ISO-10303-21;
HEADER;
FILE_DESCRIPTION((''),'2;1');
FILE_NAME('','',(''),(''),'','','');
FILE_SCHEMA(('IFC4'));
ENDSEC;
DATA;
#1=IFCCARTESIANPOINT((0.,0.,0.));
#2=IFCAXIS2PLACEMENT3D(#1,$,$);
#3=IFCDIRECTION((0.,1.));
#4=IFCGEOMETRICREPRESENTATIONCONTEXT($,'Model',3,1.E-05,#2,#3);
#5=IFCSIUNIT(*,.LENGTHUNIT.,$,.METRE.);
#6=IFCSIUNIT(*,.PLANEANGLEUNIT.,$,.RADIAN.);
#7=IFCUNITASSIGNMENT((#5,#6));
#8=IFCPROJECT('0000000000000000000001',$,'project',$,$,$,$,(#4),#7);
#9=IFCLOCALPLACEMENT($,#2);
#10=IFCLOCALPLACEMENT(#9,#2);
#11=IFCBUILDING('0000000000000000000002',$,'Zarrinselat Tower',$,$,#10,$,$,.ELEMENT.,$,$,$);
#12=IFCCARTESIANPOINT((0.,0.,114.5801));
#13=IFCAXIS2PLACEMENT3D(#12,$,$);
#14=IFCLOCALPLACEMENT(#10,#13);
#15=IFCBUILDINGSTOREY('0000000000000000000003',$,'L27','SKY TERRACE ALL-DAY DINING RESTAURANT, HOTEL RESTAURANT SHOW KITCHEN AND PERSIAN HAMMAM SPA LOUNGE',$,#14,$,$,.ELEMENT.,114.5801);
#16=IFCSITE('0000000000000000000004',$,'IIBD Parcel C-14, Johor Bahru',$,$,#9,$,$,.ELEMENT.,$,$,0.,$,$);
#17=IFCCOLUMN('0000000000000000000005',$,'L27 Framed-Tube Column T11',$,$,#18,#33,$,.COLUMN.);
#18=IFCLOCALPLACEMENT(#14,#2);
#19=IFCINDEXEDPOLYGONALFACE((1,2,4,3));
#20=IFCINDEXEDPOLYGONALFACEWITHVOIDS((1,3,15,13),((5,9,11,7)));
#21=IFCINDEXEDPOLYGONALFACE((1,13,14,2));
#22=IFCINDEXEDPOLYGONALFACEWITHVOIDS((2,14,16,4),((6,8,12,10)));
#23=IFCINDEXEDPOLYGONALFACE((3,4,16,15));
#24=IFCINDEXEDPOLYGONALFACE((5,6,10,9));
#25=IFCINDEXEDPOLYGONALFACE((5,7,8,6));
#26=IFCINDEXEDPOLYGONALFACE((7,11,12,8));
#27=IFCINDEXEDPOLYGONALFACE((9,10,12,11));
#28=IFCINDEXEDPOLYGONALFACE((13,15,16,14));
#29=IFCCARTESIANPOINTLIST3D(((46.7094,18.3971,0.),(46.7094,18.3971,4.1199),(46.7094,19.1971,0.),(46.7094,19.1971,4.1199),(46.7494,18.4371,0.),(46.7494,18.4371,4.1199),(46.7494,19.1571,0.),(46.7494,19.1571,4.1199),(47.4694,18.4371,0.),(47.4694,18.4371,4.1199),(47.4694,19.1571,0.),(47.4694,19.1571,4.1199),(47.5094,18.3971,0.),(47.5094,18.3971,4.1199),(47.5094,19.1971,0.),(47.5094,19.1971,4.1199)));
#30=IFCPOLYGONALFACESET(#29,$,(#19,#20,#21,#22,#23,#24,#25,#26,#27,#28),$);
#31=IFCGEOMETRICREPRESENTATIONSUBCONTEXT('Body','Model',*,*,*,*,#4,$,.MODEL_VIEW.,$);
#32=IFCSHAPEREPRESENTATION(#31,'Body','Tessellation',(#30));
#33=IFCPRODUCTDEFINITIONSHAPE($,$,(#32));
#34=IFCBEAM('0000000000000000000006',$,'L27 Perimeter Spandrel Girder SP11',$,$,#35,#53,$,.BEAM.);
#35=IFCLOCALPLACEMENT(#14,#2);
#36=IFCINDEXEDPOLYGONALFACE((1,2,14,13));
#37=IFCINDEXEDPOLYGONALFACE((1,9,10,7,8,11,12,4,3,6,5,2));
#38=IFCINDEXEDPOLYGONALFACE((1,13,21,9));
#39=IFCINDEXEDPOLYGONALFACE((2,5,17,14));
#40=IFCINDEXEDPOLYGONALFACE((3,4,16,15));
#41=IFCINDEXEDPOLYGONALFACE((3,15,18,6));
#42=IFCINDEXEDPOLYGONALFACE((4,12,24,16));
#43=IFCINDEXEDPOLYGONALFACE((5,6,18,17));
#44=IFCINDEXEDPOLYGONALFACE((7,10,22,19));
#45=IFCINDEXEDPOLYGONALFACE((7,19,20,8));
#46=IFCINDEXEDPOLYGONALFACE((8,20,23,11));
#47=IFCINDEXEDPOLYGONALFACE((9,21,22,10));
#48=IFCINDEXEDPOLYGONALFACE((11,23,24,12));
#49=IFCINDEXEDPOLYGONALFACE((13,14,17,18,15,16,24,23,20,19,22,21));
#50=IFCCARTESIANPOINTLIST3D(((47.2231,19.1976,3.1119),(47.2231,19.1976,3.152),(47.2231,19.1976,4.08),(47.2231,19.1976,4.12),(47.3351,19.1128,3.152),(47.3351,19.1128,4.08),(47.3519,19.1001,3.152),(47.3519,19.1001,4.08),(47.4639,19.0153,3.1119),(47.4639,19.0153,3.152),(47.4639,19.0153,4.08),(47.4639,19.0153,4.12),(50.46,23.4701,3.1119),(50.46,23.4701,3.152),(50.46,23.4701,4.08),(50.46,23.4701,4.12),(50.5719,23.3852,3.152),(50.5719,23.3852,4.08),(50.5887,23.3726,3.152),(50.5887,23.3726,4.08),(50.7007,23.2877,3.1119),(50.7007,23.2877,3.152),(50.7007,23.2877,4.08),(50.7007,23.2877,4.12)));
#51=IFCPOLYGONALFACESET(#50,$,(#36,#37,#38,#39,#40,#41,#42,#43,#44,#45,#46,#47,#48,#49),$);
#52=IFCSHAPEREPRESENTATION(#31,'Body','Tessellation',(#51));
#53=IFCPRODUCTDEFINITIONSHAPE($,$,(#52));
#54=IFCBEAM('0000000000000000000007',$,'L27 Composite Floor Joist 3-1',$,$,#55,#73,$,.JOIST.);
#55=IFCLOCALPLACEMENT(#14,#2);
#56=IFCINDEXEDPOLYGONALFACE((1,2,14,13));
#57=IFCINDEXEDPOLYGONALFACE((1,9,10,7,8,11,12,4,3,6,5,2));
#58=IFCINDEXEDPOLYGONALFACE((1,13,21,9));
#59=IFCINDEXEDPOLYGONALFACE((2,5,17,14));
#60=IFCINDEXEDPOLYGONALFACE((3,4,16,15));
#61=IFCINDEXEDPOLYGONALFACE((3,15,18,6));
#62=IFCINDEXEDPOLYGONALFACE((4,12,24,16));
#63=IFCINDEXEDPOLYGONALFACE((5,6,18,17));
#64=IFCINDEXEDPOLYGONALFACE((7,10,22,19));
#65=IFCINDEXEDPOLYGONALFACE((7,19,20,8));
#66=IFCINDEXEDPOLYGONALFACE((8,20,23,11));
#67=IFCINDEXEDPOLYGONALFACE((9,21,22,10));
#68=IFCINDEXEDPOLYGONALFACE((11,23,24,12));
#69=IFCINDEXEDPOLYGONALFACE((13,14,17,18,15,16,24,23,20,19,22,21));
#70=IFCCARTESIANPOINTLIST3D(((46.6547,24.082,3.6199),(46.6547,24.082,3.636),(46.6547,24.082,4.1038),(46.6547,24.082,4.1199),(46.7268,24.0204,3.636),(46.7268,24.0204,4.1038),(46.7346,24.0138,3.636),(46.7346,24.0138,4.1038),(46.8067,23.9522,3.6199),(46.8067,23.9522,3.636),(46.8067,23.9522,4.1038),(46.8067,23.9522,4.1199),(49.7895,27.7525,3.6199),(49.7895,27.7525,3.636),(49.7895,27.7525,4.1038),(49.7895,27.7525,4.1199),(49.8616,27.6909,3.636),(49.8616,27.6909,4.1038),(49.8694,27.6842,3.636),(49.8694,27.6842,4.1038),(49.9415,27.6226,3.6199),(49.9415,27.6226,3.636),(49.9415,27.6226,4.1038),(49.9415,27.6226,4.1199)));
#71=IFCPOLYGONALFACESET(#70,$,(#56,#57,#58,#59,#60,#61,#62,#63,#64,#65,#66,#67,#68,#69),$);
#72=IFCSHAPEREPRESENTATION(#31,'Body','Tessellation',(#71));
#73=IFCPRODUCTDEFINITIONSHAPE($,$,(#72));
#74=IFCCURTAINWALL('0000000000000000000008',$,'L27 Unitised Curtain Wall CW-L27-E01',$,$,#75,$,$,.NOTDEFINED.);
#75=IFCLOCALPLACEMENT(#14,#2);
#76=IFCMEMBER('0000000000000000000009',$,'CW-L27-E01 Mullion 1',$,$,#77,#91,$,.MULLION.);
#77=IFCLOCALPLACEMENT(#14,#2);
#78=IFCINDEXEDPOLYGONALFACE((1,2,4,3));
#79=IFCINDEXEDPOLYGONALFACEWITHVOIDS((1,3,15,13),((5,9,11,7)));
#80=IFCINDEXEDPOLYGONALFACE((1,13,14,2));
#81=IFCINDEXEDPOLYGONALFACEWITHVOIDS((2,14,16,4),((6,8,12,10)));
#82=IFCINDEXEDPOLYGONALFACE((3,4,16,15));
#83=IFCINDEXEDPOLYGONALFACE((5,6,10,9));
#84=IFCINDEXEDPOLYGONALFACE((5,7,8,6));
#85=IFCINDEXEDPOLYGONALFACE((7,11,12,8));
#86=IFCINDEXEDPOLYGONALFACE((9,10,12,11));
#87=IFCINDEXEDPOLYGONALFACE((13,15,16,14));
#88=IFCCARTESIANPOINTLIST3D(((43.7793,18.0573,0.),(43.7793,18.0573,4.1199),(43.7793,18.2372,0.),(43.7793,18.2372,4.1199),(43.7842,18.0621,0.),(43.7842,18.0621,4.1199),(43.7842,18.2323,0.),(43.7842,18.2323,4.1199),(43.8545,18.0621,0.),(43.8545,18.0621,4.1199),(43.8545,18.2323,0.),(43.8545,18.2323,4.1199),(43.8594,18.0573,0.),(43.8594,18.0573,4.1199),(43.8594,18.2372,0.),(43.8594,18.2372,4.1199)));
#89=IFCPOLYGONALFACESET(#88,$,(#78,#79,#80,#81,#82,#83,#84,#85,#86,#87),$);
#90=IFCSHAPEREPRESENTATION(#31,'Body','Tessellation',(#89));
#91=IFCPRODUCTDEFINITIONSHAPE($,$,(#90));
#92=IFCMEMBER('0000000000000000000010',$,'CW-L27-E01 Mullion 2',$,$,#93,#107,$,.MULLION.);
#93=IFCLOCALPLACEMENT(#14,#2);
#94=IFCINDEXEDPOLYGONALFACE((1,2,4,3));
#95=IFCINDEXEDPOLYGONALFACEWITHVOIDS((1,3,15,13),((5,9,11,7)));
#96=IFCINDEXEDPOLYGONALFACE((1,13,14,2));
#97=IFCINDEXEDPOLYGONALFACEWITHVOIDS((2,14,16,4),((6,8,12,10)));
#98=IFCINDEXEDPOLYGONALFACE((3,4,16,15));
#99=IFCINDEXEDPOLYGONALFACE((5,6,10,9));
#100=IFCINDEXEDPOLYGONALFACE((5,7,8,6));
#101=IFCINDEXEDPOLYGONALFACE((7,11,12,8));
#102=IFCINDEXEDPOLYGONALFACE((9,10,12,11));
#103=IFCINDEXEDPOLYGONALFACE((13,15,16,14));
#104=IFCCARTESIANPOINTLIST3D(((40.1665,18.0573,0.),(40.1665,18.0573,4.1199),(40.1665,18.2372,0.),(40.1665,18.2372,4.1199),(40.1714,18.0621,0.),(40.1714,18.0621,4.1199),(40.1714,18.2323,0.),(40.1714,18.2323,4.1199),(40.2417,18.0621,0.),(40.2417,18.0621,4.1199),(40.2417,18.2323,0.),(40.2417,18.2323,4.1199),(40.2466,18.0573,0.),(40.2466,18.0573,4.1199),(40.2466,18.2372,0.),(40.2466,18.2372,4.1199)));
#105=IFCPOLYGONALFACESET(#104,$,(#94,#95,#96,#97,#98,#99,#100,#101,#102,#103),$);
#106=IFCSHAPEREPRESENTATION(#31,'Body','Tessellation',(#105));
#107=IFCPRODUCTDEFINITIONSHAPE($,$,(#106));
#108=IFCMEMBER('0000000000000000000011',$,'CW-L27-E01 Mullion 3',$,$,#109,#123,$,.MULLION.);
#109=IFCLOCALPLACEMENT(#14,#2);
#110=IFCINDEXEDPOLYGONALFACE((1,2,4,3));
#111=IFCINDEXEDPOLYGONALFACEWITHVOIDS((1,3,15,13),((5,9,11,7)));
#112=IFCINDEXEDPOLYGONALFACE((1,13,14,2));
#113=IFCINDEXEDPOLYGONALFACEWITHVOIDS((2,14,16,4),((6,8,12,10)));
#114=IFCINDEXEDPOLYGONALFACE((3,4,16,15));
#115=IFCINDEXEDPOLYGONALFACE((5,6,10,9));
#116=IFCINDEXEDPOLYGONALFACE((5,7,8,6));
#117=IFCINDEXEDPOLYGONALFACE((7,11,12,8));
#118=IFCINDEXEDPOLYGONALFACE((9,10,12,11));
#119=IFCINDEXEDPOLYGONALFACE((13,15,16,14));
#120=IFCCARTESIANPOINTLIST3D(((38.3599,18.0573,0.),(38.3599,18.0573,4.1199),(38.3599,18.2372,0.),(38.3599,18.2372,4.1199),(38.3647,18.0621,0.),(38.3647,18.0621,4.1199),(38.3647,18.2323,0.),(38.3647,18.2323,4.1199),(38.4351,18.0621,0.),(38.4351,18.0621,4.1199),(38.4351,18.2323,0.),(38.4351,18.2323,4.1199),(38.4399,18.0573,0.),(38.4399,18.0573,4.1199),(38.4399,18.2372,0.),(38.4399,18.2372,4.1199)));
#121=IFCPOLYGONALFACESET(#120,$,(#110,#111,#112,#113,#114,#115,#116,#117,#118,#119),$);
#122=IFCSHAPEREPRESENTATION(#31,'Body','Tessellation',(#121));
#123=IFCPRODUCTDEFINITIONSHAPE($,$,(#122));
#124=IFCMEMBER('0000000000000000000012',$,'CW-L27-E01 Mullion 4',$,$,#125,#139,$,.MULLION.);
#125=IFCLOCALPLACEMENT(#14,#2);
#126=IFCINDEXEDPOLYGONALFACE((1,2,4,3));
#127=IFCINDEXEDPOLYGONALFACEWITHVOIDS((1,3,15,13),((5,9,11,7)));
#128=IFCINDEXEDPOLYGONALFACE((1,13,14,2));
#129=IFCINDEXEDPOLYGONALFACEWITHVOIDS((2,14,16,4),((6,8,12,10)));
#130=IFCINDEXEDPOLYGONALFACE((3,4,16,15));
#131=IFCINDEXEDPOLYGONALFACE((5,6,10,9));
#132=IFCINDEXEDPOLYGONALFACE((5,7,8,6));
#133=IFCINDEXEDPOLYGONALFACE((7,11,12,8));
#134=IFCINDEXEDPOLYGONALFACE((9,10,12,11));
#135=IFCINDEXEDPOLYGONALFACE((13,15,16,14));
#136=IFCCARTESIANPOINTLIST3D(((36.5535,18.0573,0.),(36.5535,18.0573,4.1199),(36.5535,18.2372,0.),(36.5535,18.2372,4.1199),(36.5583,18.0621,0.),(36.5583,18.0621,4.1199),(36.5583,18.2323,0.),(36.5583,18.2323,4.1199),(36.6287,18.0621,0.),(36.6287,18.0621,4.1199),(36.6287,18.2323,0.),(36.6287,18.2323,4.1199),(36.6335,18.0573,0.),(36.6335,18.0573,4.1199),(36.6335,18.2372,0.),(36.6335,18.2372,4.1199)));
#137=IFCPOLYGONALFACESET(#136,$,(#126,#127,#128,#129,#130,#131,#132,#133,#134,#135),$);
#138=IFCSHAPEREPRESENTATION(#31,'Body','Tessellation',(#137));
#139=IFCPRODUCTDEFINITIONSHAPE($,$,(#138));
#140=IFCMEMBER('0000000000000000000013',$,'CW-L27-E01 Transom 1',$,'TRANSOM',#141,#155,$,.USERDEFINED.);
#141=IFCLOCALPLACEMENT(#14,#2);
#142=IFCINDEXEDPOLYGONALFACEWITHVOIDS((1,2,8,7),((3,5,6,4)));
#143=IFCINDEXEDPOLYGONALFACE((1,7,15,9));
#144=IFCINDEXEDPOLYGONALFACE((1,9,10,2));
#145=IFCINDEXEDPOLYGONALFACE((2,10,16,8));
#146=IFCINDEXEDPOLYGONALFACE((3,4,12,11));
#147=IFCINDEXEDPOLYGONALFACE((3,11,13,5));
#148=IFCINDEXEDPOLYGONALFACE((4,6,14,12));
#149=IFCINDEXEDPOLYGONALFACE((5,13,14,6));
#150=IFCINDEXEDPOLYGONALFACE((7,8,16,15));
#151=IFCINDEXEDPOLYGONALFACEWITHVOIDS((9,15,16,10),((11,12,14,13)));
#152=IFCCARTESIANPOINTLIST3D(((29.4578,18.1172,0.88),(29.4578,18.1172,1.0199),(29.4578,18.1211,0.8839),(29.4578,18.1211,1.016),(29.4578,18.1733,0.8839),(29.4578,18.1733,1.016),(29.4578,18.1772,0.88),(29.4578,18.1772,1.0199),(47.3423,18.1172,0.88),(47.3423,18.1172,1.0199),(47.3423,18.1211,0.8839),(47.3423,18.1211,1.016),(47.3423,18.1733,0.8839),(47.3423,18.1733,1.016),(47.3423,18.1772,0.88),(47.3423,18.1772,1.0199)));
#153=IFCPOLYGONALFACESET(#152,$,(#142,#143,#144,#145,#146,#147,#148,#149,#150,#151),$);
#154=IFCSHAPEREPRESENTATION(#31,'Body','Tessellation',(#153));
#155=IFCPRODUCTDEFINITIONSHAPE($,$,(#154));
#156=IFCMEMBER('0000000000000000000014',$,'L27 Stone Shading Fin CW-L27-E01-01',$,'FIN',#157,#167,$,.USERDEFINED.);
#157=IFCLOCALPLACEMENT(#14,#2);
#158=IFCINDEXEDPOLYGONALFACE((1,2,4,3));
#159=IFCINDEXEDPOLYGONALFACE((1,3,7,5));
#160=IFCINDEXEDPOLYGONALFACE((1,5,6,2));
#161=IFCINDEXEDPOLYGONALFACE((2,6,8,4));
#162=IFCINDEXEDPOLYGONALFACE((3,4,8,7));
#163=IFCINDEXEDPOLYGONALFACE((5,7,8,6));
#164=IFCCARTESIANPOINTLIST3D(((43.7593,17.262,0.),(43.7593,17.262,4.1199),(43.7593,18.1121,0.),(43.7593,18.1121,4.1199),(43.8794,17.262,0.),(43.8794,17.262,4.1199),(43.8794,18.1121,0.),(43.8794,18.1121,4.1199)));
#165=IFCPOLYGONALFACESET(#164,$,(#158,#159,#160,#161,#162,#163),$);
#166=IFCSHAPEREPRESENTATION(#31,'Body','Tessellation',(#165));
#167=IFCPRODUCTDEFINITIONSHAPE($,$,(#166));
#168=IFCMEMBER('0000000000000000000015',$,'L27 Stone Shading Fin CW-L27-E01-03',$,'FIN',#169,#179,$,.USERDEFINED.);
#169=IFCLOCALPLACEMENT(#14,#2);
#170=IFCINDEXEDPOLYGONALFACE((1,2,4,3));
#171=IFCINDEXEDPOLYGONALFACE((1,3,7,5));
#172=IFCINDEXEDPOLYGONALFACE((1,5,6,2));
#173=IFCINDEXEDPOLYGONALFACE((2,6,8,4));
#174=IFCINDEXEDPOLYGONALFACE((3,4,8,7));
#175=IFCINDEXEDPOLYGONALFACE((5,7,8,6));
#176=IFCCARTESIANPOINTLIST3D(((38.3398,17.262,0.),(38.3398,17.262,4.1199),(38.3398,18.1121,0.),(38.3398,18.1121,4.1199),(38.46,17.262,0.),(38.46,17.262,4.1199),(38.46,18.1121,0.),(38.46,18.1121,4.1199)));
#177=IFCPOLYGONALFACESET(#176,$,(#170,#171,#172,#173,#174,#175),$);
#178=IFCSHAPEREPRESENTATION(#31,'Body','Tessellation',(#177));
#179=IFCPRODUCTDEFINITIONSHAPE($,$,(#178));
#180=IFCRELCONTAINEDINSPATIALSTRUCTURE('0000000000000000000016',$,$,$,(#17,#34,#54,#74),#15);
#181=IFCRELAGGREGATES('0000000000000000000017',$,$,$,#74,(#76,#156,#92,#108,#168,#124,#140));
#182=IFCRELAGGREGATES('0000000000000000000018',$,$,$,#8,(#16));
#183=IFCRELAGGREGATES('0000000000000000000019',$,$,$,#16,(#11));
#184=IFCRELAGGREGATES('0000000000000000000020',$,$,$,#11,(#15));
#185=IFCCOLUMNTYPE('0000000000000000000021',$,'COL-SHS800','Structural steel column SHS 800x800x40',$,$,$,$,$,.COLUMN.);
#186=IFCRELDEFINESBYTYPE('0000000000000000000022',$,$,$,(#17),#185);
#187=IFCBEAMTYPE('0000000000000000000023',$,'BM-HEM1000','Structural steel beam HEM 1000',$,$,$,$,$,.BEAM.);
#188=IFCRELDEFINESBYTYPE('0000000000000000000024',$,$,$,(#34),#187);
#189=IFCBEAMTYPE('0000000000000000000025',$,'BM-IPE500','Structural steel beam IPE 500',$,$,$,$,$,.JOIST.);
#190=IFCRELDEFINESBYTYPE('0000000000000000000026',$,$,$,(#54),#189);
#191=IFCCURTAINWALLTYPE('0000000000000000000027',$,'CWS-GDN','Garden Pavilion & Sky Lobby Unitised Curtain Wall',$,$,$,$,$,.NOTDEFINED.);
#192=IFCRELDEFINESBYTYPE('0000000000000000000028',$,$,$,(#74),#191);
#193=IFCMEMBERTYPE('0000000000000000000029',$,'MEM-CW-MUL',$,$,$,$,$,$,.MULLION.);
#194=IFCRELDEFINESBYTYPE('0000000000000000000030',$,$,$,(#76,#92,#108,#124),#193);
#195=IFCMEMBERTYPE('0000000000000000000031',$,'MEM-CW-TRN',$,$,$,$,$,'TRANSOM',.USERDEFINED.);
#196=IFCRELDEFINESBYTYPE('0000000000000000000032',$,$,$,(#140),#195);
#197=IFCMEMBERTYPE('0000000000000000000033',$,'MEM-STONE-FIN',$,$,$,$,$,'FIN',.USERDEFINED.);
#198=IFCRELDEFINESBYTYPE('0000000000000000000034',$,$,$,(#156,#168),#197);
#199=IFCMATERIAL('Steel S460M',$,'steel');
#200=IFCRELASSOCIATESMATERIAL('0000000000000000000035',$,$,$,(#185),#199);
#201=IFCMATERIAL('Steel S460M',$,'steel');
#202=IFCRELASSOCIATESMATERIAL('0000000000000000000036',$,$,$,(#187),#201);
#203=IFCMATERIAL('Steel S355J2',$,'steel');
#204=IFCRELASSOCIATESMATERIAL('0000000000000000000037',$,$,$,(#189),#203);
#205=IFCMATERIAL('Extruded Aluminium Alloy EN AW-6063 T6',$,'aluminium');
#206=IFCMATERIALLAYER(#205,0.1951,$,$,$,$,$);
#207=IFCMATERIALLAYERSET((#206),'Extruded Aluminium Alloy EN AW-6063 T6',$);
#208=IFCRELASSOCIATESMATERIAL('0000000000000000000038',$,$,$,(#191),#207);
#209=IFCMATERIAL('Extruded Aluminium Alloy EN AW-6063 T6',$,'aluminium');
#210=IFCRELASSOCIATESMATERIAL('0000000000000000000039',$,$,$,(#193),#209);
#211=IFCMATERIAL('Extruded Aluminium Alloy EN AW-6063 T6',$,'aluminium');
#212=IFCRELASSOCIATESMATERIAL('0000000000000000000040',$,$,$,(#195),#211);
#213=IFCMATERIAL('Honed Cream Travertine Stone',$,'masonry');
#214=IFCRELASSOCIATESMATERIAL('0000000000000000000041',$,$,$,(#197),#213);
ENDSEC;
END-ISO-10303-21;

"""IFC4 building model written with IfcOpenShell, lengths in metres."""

from ifc_helpers import new_model, si_unit, direction, frame, origin, origin_2d, place, context, subcontext, project, spatial, rectangle, hollow_rectangle, i_section, extrude, material, layer, layer_set, material_profile, profile_set, type_object, element, aggregate, save


model = new_model("IFC4")

# Units and contexts
model_context = context("Model", 3, precision=1e-05, world=origin(), true_north=direction((0.0, 1.0)))
body_context = subcontext(model_context, "Body", "Model", "MODEL_VIEW")
ifc_project = project(units=[si_unit("LENGTHUNIT", "METRE"), si_unit("PLANEANGLEUNIT", "RADIAN")], contexts=[model_context])

# Site, building, storey
site_placement = place(None, origin())
site = spatial("IfcSite", under=ifc_project, at=site_placement, Name="IIBD Parcel C-14, Johor Bahru", CompositionType="ELEMENT", RefElevation=0.0)
building_placement = place(site_placement, origin())
building = spatial("IfcBuilding", under=site, at=building_placement, Name="Zarrinselat Tower", CompositionType="ELEMENT")
storey_placement = place(building_placement, frame((0.0, 0.0, 114.5801)))
storey = spatial("IfcBuildingStorey", under=building, at=storey_placement, Name="L27", Description="SKY TERRACE ALL-DAY DINING RESTAURANT, HOTEL RESTAURANT SHOW KITCHEN AND PERSIAN HAMMAM SPA LOUNGE", CompositionType="ELEMENT", Elevation=114.5801)

# Column
ifc_material_1 = material(Name="Steel S460M", Category="steel")
ifc_material_profile_1 = material_profile(ifc_material_1, hollow_rectangle(XDim=0.8, YDim=0.8, WallThickness=0.04, at=origin_2d()), Name="SHS 800x800x40")
ifc_profile_set_1 = profile_set([ifc_material_profile_1], Name="Steel S460M")
column_type = type_object("IfcColumnType", Name="COL-SHS800", Description="Structural steel column SHS 800x800x40", PredefinedType="COLUMN", material=ifc_profile_set_1)
column_placement = place(storey_placement, frame((47.1094, 18.7971, 0.0), z_axis=(0.0, 0.0, 1.0), x_axis=(1.0, 0.0, 0.0)))
element("IfcColumn", 1, at=column_placement, inside=storey, type_object=column_type, Name="L27 Framed-Tube Column T11", PredefinedType="COLUMN", context=body_context, shape_type="SweptSolid", body=[
    extrude(hollow_rectangle(XDim=0.8, YDim=0.8, WallThickness=0.04, at=origin_2d()), origin(), (0.0, 0.0, 1.0), 4.1199),
])

# Beams
ifc_material_2 = material(Name="Steel S460M", Category="steel")
ifc_material_profile_2 = material_profile(ifc_material_2, i_section(OverallWidth=0.302, OverallDepth=1.0081, WebThickness=0.021, FlangeThickness=0.04, at=origin_2d()), Name="HEM 1000")
ifc_profile_set_2 = profile_set([ifc_material_profile_2], Name="Steel S460M")
beam_type_1 = type_object("IfcBeamType", Name="BM-HEM1000", Description="Structural steel beam HEM 1000", PredefinedType="BEAM", material=ifc_profile_set_2)
beam_1_placement = place(storey_placement, frame((47.3435, 19.1064, 3.616), z_axis=(0.60387, 0.797083, 0.0), x_axis=(-0.797083, 0.60387, 0.0)))
element("IfcBeam", 2, at=beam_1_placement, inside=storey, type_object=beam_type_1, Name="L27 Perimeter Spandrel Girder SP11", PredefinedType="BEAM", context=body_context, shape_type="SweptSolid", body=[
    extrude(i_section(OverallWidth=0.302, OverallDepth=1.0081, WebThickness=0.021, FlangeThickness=0.04, at=origin_2d()), origin(), (0.0, 0.0, 1.0), 5.3601),
])
ifc_material_3 = material(Name="Steel S355J2", Category="steel")
ifc_material_profile_3 = material_profile(ifc_material_3, i_section(OverallWidth=0.2, OverallDepth=0.5, WebThickness=0.0103, FlangeThickness=0.0161, at=origin_2d()), Name="IPE 500")
ifc_profile_set_3 = profile_set([ifc_material_profile_3], Name="Steel S355J2")
beam_type_2 = type_object("IfcBeamType", Name="BM-IPE500", Description="Structural steel beam IPE 500", PredefinedType="JOIST", material=ifc_profile_set_3)
beam_2_placement = place(storey_placement, frame((46.7307, 24.0171, 3.8699), z_axis=(0.649441, 0.760412, 0.0), x_axis=(-0.760412, 0.649441, 0.0)))
element("IfcBeam", 3, at=beam_2_placement, inside=storey, type_object=beam_type_2, Name="L27 Composite Floor Joist 3-1", PredefinedType="JOIST", context=body_context, shape_type="SweptSolid", body=[
    extrude(i_section(OverallWidth=0.2, OverallDepth=0.5, WebThickness=0.0103, FlangeThickness=0.0161, at=origin_2d()), origin(), (0.0, 0.0, 1.0), 4.8269),
])

# Curtain wall, members
ifc_material_4 = material(Name="Extruded Aluminium Alloy EN AW-6063 T6", Category="aluminium")
ifc_layer_1 = layer(ifc_material_4, 0.1951)
ifc_layer_set_1 = layer_set([ifc_layer_1], Name="Extruded Aluminium Alloy EN AW-6063 T6")
curtain_wall_type = type_object("IfcCurtainWallType", Name="CWS-GDN", Description="Garden Pavilion & Sky Lobby Unitised Curtain Wall", PredefinedType="NOTDEFINED", material=ifc_layer_set_1)
curtain_wall_placement = place(storey_placement, origin())
curtain_wall = element("IfcCurtainWall", 4, at=curtain_wall_placement, inside=storey, type_object=curtain_wall_type, Name="L27 Unitised Curtain Wall CW-L27-E01", PredefinedType="NOTDEFINED")
ifc_material_5 = material(Name="Extruded Aluminium Alloy EN AW-6063 T6", Category="aluminium")
ifc_material_profile_4 = material_profile(ifc_material_5, hollow_rectangle(XDim=0.0801, YDim=0.1799, WallThickness=0.0049, at=origin_2d()), Name="RHS 180x80x5")
ifc_profile_set_4 = profile_set([ifc_material_profile_4], Name="Extruded Aluminium Alloy EN AW-6063 T6")
member_type_1 = type_object("IfcMemberType", Name="MEM-CW-MUL", PredefinedType="MULLION", material=ifc_profile_set_4)
member_1_placement = place(storey_placement, frame((43.8193, 18.1472, 0.0), z_axis=(0.0, 0.0, 1.0), x_axis=(-1.0, 0.0, 0.0)))
member_1 = element("IfcMember", 5, at=member_1_placement, type_object=member_type_1, Name="CW-L27-E01 Mullion 1", PredefinedType="MULLION", context=body_context, shape_type="SweptSolid", body=[
    extrude(hollow_rectangle(XDim=0.0801, YDim=0.1799, WallThickness=0.0049, at=origin_2d()), origin(), (0.0, 0.0, 1.0), 4.1199),
])
member_2_placement = place(storey_placement, frame((40.2065, 18.1472, 0.0), z_axis=(0.0, 0.0, 1.0), x_axis=(-1.0, 0.0, 0.0)))
member_2 = element("IfcMember", 6, at=member_2_placement, type_object=member_type_1, Name="CW-L27-E01 Mullion 2", PredefinedType="MULLION", context=body_context, shape_type="SweptSolid", body=[
    extrude(hollow_rectangle(XDim=0.0801, YDim=0.1799, WallThickness=0.0049, at=origin_2d()), origin(), (0.0, 0.0, 1.0), 4.1199),
])
member_3_placement = place(storey_placement, frame((38.3999, 18.1472, 0.0), z_axis=(0.0, 0.0, 1.0), x_axis=(-1.0, 0.0, 0.0)))
member_3 = element("IfcMember", 7, at=member_3_placement, type_object=member_type_1, Name="CW-L27-E01 Mullion 3", PredefinedType="MULLION", context=body_context, shape_type="SweptSolid", body=[
    extrude(hollow_rectangle(XDim=0.0801, YDim=0.1799, WallThickness=0.0049, at=origin_2d()), origin(), (0.0, 0.0, 1.0), 4.1199),
])
member_4_placement = place(storey_placement, frame((36.5935, 18.1472, 0.0), z_axis=(0.0, 0.0, 1.0), x_axis=(-1.0, 0.0, 0.0)))
member_4 = element("IfcMember", 8, at=member_4_placement, type_object=member_type_1, Name="CW-L27-E01 Mullion 4", PredefinedType="MULLION", context=body_context, shape_type="SweptSolid", body=[
    extrude(hollow_rectangle(XDim=0.0801, YDim=0.1799, WallThickness=0.0049, at=origin_2d()), origin(), (0.0, 0.0, 1.0), 4.1199),
])
ifc_material_6 = material(Name="Extruded Aluminium Alloy EN AW-6063 T6", Category="aluminium")
ifc_material_profile_5 = material_profile(ifc_material_6, hollow_rectangle(XDim=0.0601, YDim=0.1399, WallThickness=0.0039, at=origin_2d()), Name="RHS 140x60x4")
ifc_profile_set_5 = profile_set([ifc_material_profile_5], Name="Extruded Aluminium Alloy EN AW-6063 T6")
member_type_2 = type_object("IfcMemberType", Name="MEM-CW-TRN", ElementType="TRANSOM", PredefinedType="USERDEFINED", material=ifc_profile_set_5)
member_5_placement = place(storey_placement, frame((47.3423, 18.1472, 0.95), z_axis=(-1.0, 0.0, 0.0), x_axis=(0.0, -1.0, 0.0)))
member_5 = element("IfcMember", 9, at=member_5_placement, type_object=member_type_2, Name="CW-L27-E01 Transom 1", ObjectType="TRANSOM", PredefinedType="USERDEFINED", context=body_context, shape_type="SweptSolid", body=[
    extrude(hollow_rectangle(XDim=0.0601, YDim=0.1399, WallThickness=0.0039, at=origin_2d()), origin(), (0.0, 0.0, 1.0), 17.8845),
])
ifc_material_7 = material(Name="Honed Cream Travertine Stone", Category="masonry")
ifc_material_profile_6 = material_profile(ifc_material_7, rectangle(XDim=0.1201, YDim=0.8501, at=origin_2d()), Name="FIN 850x120")
ifc_profile_set_6 = profile_set([ifc_material_profile_6], Name="Honed Cream Travertine Stone")
member_type_3 = type_object("IfcMemberType", Name="MEM-STONE-FIN", ElementType="FIN", PredefinedType="USERDEFINED", material=ifc_profile_set_6)
member_6_placement = place(storey_placement, frame((43.8193, 17.687, 0.0), z_axis=(0.0, 0.0, 1.0), x_axis=(-1.0, 0.0, 0.0)))
member_6 = element("IfcMember", 10, at=member_6_placement, type_object=member_type_3, Name="L27 Stone Shading Fin CW-L27-E01-01", ObjectType="FIN", PredefinedType="USERDEFINED", context=body_context, shape_type="SweptSolid", body=[
    extrude(rectangle(XDim=0.1201, YDim=0.8501, at=origin_2d()), origin(), (0.0, 0.0, 1.0), 4.1199),
])
member_7_placement = place(storey_placement, frame((38.3999, 17.687, 0.0), z_axis=(0.0, 0.0, 1.0), x_axis=(-1.0, 0.0, 0.0)))
member_7 = element("IfcMember", 11, at=member_7_placement, type_object=member_type_3, Name="L27 Stone Shading Fin CW-L27-E01-03", ObjectType="FIN", PredefinedType="USERDEFINED", context=body_context, shape_type="SweptSolid", body=[
    extrude(rectangle(XDim=0.1201, YDim=0.8501, at=origin_2d()), origin(), (0.0, 0.0, 1.0), 4.1199),
])
aggregate(curtain_wall, [member_1, member_6, member_2, member_3, member_7, member_4, member_5])

save(model, "model.ifc")
